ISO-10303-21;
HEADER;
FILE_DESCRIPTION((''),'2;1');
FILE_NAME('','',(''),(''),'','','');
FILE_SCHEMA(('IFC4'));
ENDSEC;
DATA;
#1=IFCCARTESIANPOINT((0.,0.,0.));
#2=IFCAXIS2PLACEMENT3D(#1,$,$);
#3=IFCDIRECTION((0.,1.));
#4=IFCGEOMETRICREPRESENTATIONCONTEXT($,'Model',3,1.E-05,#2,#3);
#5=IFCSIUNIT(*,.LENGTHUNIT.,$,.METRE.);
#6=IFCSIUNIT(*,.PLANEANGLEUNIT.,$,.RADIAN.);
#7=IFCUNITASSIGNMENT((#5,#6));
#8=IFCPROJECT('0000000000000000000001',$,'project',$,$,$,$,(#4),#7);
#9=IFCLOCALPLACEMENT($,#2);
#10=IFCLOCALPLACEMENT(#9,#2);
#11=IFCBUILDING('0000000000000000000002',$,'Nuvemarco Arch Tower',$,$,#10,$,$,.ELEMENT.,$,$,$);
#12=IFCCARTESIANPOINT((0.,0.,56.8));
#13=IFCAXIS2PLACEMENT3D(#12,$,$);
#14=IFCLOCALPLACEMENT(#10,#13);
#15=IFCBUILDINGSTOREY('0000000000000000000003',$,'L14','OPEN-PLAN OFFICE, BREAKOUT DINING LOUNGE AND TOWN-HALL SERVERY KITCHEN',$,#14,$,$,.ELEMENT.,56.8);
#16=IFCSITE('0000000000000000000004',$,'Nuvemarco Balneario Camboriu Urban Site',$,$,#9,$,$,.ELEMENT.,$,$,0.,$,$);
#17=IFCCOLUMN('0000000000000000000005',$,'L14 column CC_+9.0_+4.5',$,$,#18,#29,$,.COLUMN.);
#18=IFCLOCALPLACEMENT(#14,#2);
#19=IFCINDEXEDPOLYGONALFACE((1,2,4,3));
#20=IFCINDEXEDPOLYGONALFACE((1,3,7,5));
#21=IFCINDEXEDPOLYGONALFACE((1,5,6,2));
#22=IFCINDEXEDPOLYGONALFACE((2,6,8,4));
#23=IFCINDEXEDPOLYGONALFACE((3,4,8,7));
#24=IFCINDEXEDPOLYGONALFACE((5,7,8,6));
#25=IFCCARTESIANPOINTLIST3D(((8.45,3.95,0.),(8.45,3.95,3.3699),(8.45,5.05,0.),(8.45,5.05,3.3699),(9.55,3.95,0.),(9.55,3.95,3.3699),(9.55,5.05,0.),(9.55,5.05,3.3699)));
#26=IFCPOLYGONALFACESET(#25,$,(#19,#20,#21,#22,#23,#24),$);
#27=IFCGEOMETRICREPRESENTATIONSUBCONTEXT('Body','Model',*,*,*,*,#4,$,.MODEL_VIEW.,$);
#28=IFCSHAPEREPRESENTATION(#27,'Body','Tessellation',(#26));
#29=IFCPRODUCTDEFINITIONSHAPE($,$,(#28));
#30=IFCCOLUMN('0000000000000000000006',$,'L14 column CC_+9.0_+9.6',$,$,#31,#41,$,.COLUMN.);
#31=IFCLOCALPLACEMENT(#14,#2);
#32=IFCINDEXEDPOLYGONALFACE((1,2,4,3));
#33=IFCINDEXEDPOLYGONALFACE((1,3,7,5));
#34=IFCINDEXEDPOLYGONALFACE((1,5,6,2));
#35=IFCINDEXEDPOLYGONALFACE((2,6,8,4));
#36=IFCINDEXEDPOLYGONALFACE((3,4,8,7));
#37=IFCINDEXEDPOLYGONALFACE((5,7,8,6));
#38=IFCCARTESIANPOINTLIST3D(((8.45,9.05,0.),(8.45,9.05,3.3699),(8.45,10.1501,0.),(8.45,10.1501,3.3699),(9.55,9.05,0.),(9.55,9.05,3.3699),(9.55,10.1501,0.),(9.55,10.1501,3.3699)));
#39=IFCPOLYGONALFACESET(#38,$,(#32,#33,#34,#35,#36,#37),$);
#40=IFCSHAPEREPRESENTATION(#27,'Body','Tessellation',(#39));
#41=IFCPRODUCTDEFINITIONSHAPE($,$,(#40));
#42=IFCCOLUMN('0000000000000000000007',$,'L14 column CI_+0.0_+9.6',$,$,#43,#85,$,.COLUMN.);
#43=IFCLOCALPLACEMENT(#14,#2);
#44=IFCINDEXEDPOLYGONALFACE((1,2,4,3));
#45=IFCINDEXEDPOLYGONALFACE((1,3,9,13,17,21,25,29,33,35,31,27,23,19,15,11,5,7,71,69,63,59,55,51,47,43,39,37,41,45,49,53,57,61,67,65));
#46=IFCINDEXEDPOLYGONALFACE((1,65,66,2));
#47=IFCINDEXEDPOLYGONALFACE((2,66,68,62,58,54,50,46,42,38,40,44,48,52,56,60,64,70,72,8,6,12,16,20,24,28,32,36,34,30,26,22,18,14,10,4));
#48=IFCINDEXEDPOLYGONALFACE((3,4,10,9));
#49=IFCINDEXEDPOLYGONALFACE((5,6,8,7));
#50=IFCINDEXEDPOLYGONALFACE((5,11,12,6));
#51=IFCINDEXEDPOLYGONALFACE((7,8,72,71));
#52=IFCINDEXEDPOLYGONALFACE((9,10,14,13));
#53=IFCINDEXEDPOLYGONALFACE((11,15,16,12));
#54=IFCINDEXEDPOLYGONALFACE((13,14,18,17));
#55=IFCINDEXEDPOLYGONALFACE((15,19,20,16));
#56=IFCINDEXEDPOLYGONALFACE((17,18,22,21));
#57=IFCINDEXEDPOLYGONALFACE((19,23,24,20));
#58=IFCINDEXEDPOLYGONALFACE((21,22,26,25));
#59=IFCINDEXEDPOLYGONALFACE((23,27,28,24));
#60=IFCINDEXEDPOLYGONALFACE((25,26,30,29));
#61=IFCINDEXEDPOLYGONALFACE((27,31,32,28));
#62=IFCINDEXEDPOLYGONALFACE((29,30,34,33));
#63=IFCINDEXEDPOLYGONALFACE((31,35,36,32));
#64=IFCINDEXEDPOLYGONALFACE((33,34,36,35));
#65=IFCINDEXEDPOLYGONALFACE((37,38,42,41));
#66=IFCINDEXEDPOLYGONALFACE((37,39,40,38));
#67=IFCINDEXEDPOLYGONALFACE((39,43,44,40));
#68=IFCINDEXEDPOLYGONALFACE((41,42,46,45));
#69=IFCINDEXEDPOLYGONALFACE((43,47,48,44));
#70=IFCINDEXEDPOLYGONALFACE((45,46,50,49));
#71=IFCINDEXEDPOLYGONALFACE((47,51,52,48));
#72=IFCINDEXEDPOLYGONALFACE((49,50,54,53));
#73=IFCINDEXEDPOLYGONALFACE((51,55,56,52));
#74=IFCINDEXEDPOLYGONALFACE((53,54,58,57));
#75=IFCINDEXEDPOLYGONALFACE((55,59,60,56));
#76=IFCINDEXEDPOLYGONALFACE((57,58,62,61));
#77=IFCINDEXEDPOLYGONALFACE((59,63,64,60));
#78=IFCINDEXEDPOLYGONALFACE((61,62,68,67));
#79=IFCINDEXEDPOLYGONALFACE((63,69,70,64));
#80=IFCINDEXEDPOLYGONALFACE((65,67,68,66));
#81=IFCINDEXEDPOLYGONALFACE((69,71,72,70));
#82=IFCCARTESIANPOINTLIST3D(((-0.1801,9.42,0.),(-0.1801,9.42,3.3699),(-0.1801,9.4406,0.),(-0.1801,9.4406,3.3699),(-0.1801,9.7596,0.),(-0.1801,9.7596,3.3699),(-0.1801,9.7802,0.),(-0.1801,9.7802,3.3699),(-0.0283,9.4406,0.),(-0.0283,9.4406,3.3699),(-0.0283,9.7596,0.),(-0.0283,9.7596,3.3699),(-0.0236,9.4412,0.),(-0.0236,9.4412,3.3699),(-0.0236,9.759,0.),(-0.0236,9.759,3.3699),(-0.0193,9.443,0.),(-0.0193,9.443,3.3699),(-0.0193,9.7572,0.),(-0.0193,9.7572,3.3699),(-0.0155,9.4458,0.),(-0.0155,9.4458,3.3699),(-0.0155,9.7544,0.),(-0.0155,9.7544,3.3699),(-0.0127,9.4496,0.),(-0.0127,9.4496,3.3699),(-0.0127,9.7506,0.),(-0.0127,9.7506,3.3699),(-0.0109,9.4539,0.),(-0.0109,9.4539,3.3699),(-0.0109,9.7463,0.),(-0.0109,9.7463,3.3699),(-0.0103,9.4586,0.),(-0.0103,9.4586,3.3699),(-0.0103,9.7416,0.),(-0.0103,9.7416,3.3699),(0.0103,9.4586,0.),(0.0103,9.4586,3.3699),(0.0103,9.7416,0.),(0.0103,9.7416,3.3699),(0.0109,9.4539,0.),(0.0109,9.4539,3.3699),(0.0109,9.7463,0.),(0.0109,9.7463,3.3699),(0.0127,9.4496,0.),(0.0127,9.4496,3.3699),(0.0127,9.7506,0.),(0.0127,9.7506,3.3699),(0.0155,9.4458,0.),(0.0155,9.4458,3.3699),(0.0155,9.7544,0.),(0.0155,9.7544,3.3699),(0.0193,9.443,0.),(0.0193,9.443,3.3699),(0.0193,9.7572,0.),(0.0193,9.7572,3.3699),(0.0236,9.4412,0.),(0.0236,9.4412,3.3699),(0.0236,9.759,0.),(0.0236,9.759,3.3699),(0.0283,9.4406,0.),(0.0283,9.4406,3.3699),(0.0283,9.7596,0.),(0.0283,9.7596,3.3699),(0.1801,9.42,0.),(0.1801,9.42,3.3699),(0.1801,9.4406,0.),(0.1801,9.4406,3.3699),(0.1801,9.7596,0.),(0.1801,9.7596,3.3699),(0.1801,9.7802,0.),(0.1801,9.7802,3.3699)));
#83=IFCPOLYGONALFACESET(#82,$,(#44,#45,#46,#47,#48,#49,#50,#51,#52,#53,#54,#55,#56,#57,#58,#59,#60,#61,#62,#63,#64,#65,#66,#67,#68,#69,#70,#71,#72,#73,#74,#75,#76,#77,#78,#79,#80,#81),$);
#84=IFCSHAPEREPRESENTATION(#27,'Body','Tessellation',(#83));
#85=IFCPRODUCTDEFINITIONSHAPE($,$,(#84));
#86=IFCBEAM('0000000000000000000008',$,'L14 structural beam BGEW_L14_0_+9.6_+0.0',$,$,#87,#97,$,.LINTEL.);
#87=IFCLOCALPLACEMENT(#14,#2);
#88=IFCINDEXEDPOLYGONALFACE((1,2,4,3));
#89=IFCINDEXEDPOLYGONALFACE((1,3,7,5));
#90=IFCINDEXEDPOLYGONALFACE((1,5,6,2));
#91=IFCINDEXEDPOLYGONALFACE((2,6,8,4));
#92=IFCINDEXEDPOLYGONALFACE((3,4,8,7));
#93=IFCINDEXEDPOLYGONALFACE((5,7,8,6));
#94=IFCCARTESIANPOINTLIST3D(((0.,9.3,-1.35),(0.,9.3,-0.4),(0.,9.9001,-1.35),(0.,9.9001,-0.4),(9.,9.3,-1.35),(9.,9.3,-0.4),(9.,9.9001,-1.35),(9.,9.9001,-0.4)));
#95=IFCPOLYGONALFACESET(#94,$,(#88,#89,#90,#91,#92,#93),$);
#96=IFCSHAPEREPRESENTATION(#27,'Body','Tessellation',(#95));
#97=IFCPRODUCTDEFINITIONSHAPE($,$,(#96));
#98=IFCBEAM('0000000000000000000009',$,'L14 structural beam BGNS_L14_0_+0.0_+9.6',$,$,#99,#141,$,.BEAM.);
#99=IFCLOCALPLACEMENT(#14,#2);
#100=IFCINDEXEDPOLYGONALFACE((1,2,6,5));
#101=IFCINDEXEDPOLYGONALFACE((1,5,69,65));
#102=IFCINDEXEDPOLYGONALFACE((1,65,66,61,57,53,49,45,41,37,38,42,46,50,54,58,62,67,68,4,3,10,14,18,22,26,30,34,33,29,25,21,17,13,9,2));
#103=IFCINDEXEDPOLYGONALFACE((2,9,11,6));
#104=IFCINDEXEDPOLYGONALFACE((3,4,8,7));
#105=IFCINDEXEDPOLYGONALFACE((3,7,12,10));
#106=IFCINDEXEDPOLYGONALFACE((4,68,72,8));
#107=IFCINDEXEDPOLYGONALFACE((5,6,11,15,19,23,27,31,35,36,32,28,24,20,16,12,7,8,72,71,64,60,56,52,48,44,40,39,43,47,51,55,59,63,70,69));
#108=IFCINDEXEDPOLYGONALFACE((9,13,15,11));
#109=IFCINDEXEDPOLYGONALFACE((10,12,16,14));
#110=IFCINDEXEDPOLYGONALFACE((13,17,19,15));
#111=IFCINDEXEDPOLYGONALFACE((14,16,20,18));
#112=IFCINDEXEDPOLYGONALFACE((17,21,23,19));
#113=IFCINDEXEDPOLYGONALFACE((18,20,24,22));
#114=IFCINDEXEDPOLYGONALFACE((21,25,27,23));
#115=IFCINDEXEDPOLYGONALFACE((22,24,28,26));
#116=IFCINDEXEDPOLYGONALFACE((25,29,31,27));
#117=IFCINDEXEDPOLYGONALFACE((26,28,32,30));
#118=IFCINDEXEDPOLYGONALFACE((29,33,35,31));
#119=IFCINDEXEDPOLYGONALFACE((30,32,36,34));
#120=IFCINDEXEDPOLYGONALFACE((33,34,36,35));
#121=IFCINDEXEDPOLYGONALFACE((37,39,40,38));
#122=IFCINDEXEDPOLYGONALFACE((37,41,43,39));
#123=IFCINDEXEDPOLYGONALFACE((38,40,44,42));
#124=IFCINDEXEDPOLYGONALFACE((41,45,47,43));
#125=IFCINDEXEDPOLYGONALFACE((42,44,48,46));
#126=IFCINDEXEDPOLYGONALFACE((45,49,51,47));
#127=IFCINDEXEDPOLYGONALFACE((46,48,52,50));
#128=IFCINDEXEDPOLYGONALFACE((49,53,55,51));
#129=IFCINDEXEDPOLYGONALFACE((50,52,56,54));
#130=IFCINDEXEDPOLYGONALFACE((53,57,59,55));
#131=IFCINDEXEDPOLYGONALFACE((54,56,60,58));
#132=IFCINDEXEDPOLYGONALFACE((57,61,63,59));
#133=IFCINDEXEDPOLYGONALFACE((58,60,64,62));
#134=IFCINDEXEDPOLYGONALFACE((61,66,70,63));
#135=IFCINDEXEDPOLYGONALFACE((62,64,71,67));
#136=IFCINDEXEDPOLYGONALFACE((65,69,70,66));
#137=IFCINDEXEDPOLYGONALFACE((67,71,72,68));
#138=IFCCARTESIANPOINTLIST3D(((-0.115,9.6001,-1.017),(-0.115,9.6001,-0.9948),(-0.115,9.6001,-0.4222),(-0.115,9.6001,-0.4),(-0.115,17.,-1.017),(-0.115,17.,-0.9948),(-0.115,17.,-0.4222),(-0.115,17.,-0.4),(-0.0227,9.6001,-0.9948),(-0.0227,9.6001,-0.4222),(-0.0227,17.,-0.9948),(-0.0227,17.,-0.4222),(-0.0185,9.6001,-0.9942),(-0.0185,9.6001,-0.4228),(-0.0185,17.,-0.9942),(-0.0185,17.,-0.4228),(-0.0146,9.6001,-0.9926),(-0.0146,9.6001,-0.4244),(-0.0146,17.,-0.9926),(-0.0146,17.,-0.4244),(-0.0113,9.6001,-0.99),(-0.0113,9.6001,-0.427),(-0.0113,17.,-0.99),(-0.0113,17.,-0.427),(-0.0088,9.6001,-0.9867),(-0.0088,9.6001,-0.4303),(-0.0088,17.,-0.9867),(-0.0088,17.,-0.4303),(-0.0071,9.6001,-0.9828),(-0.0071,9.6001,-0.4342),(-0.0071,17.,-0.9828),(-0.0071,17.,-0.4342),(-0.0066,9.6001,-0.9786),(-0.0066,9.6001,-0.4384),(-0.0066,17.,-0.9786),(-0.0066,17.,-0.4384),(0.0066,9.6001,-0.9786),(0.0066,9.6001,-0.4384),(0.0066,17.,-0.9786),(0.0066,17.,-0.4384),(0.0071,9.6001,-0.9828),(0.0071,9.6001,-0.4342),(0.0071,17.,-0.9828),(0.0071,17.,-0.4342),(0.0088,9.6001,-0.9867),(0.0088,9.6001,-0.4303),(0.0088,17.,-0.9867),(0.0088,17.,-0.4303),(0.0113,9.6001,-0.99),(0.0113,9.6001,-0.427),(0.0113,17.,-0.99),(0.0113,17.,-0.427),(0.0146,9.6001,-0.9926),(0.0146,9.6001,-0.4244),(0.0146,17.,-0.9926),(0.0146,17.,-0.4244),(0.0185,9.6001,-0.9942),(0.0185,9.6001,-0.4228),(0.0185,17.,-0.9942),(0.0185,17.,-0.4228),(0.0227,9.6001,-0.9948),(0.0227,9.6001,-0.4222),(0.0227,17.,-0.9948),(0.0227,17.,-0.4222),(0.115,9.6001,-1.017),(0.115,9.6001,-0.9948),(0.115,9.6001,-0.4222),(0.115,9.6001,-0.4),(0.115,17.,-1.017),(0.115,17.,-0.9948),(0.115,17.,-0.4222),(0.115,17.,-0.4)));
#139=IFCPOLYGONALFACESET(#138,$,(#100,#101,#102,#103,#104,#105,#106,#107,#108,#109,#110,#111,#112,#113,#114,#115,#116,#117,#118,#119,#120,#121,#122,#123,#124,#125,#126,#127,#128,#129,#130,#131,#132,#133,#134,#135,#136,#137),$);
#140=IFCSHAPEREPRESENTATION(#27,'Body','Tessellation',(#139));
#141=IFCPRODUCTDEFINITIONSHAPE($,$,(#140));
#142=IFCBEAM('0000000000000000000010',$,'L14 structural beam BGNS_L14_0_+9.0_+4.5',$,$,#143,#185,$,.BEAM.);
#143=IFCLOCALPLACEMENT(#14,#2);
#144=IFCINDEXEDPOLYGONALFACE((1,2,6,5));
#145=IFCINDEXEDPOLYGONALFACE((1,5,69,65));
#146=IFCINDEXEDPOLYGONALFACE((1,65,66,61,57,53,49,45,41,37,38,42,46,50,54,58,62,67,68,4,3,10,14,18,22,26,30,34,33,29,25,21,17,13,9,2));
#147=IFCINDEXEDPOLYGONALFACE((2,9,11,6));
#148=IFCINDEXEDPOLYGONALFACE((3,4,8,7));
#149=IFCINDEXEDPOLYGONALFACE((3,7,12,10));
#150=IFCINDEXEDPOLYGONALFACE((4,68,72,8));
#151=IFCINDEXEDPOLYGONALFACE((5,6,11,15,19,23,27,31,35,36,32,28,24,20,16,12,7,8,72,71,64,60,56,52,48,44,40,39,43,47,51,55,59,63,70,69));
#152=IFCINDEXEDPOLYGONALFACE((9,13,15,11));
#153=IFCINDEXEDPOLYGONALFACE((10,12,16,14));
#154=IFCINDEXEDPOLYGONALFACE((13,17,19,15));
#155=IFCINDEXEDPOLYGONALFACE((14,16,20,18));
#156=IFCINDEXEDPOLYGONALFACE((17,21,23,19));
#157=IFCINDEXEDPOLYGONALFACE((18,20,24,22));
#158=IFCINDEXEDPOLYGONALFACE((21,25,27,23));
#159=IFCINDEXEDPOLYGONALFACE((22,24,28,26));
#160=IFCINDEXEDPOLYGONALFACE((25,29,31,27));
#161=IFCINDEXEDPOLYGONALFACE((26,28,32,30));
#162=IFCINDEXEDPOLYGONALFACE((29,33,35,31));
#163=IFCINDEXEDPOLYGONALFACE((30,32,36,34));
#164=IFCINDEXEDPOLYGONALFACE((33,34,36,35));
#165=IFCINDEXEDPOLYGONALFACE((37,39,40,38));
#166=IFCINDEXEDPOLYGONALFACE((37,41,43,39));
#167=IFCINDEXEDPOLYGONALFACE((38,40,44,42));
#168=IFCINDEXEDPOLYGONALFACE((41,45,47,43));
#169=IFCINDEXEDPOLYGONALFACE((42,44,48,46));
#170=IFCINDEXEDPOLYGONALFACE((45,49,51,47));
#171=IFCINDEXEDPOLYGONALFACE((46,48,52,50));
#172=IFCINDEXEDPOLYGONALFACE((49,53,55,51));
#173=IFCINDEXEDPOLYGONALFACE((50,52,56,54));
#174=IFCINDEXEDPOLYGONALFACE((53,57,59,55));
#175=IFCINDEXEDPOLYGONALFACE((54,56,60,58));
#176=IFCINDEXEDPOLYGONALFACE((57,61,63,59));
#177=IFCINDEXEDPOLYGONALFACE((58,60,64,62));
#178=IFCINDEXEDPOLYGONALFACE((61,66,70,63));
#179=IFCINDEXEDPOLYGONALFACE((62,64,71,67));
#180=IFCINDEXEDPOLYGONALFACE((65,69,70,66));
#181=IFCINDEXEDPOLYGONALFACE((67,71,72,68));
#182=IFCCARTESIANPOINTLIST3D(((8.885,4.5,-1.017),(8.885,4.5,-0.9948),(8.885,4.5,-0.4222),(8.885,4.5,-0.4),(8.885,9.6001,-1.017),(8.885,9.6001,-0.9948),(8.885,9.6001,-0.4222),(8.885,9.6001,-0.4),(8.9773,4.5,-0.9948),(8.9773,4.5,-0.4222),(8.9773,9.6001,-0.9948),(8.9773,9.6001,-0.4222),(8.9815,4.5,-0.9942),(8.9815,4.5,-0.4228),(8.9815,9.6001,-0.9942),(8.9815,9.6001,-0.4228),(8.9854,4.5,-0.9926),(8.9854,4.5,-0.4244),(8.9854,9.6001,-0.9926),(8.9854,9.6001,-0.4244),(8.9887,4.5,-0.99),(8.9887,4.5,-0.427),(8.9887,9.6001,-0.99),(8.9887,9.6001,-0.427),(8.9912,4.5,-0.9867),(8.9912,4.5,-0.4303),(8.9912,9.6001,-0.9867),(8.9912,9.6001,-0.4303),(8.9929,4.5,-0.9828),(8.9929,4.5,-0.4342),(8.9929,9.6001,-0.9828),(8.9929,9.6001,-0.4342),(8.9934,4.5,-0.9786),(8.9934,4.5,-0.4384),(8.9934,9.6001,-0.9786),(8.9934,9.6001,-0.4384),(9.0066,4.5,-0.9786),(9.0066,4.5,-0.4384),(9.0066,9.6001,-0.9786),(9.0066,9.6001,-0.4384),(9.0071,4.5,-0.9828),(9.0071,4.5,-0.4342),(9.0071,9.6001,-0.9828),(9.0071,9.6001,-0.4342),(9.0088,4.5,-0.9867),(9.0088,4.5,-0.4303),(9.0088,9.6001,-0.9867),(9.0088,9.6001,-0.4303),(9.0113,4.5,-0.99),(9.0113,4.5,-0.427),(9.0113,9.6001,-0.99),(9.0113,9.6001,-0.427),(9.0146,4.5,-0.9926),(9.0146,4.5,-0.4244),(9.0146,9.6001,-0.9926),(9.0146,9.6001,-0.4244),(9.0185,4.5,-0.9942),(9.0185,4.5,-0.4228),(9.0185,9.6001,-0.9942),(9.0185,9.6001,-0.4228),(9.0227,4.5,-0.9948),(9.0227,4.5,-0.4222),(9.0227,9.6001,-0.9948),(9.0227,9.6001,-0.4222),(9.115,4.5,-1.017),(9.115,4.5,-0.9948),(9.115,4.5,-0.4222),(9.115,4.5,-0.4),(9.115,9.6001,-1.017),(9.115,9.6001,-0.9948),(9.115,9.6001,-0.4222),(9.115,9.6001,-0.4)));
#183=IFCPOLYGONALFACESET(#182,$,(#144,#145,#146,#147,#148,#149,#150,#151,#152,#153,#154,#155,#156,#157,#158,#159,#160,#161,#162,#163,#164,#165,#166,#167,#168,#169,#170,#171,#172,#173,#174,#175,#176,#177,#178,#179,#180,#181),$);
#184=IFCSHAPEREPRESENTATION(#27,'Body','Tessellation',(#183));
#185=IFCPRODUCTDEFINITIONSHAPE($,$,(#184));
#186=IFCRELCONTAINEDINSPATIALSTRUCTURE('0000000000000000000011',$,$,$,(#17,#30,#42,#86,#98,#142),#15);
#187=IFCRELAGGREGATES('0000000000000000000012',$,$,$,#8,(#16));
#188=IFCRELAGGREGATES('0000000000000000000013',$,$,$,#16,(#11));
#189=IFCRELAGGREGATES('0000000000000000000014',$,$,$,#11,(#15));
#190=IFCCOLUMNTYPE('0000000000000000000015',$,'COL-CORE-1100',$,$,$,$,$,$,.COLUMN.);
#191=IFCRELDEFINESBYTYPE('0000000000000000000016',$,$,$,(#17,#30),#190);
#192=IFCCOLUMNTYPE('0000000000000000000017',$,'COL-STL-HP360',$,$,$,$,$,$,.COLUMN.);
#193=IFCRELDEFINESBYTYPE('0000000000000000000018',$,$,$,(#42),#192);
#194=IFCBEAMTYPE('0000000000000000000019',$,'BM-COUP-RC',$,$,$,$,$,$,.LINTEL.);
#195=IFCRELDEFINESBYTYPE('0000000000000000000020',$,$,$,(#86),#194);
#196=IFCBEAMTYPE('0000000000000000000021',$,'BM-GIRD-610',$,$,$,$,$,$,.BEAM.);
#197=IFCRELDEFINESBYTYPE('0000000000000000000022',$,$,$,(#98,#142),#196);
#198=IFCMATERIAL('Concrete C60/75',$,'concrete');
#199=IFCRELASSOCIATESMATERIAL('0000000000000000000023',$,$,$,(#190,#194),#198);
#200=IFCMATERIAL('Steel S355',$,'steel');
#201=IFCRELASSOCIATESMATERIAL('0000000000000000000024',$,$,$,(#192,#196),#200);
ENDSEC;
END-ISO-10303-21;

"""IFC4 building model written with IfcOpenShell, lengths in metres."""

from ifc_helpers import new_model, si_unit, direction, frame, origin, origin_2d, place, context, subcontext, project, spatial, rectangle, i_section, extrude, material, material_profile, profile_set, type_object, element, save


model = new_model("IFC4")

# Units and contexts
model_context = context("Model", 3, precision=1e-05, world=origin(), true_north=direction((0.0, 1.0)))
body_context = subcontext(model_context, "Body", "Model", "MODEL_VIEW")
ifc_project = project(units=[si_unit("LENGTHUNIT", "METRE"), si_unit("PLANEANGLEUNIT", "RADIAN")], contexts=[model_context])

# Site, building, storey
site_placement = place(None, origin())
site = spatial("IfcSite", under=ifc_project, at=site_placement, Name="Nuvemarco Balneario Camboriu Urban Site", CompositionType="ELEMENT", RefElevation=0.0)
building_placement = place(site_placement, origin())
building = spatial("IfcBuilding", under=site, at=building_placement, Name="Nuvemarco Arch Tower", CompositionType="ELEMENT")
storey_placement = place(building_placement, frame((0.0, 0.0, 56.8)))
storey = spatial("IfcBuildingStorey", under=building, at=storey_placement, Name="L14", Description="OPEN-PLAN OFFICE, BREAKOUT DINING LOUNGE AND TOWN-HALL SERVERY KITCHEN", CompositionType="ELEMENT", Elevation=56.8)

# Columns
ifc_material_1 = material(Name="Concrete C60/75", Category="concrete")
ifc_material_profile_1 = material_profile(ifc_material_1, rectangle(XDim=1.1001, YDim=1.1001, at=origin_2d()), Name="RC-COL-1100x1100")
ifc_profile_set_1 = profile_set([ifc_material_profile_1], Name="Concrete C60/75")
column_type_1 = type_object("IfcColumnType", Name="COL-CORE-1100", PredefinedType="COLUMN", material=ifc_profile_set_1)
for number, where, z_axis, x_axis, name in (
    (1, (9.0, 4.5, 0.0), (0.0, 0.0, 1.0), (1.0, 0.0, 0.0), "L14 column CC_+9.0_+4.5"),
    (2, (9.0, 9.6001, 0.0), (0.0, 0.0, 1.0), (1.0, 0.0, 0.0), "L14 column CC_+9.0_+9.6"),
):
    element("IfcColumn", number, at=place(storey_placement, frame(where, z_axis=z_axis, x_axis=x_axis)), inside=storey, type_object=column_type_1, Name=name, PredefinedType="COLUMN", context=body_context, shape_type="SweptSolid", body=[
        extrude(rectangle(XDim=1.1001, YDim=1.1001, at=origin_2d()), origin(), (0.0, 0.0, 1.0), 3.3699),
    ])
ifc_material_2 = material(Name="Steel S355", Category="steel")
ifc_material_profile_2 = material_profile(ifc_material_2, i_section(OverallWidth=0.3601, OverallDepth=0.3601, WebThickness=0.0205, FlangeThickness=0.0205, FilletRadius=0.0181, at=origin_2d()), Name="HP360x174")
ifc_profile_set_2 = profile_set([ifc_material_profile_2], Name="Steel S355")
column_type_2 = type_object("IfcColumnType", Name="COL-STL-HP360", PredefinedType="COLUMN", material=ifc_profile_set_2)
column_placement = place(storey_placement, frame((0.0, 9.6001, 0.0), z_axis=(0.0, 0.0, 1.0), x_axis=(1.0, 0.0, 0.0)))
element("IfcColumn", 3, at=column_placement, inside=storey, type_object=column_type_2, Name="L14 column CI_+0.0_+9.6", PredefinedType="COLUMN", context=body_context, shape_type="SweptSolid", body=[
    extrude(i_section(OverallWidth=0.3601, OverallDepth=0.3601, WebThickness=0.0205, FlangeThickness=0.0205, FilletRadius=0.0181, at=origin_2d()), origin(), (0.0, 0.0, 1.0), 3.3699),
])

# Beams
ifc_material_profile_3 = material_profile(ifc_material_1, rectangle(XDim=0.6001, YDim=0.95, at=origin_2d()), Name="RC-BM-600x950")
ifc_profile_set_3 = profile_set([ifc_material_profile_3], Name="Concrete C60/75")
beam_type_1 = type_object("IfcBeamType", Name="BM-COUP-RC", PredefinedType="LINTEL", material=ifc_profile_set_3)
beam_1_placement = place(storey_placement, frame((0.0, 9.6001, -0.875), z_axis=(1.0, 0.0, 0.0), x_axis=(0.0, 1.0, 0.0)))
element("IfcBeam", 4, at=beam_1_placement, inside=storey, type_object=beam_type_1, Name="L14 structural beam BGEW_L14_0_+9.6_+0.0", PredefinedType="LINTEL", context=body_context, shape_type="SweptSolid", body=[
    extrude(rectangle(XDim=0.6001, YDim=0.95, at=origin_2d()), origin(), (0.0, 0.0, 1.0), 9.0),
])
ifc_material_profile_4 = material_profile(ifc_material_2, i_section(OverallWidth=0.23, OverallDepth=0.6169, WebThickness=0.0132, FlangeThickness=0.0222, FilletRadius=0.0161, at=origin_2d()), Name="W610x140")
ifc_profile_set_4 = profile_set([ifc_material_profile_4], Name="Steel S355")
beam_type_2 = type_object("IfcBeamType", Name="BM-GIRD-610", PredefinedType="BEAM", material=ifc_profile_set_4)
beam_2_placement = place(storey_placement, frame((0.0, 9.6001, -0.7085), z_axis=(0.0, 1.0, 0.0), x_axis=(-1.0, 0.0, 0.0)))
element("IfcBeam", 5, at=beam_2_placement, inside=storey, type_object=beam_type_2, Name="L14 structural beam BGNS_L14_0_+0.0_+9.6", PredefinedType="BEAM", context=body_context, shape_type="SweptSolid", body=[
    extrude(i_section(OverallWidth=0.23, OverallDepth=0.6169, WebThickness=0.0132, FlangeThickness=0.0222, FilletRadius=0.0161, at=origin_2d()), origin(), (0.0, 0.0, 1.0), 7.3999),
])
beam_3_placement = place(storey_placement, frame((9.0, 4.5, -0.7085), z_axis=(0.0, 1.0, 0.0), x_axis=(-1.0, 0.0, 0.0)))
element("IfcBeam", 6, at=beam_3_placement, inside=storey, type_object=beam_type_2, Name="L14 structural beam BGNS_L14_0_+9.0_+4.5", PredefinedType="BEAM", context=body_context, shape_type="SweptSolid", body=[
    extrude(i_section(OverallWidth=0.23, OverallDepth=0.6169, WebThickness=0.0132, FlangeThickness=0.0222, FilletRadius=0.0161, at=origin_2d()), origin(), (0.0, 0.0, 1.0), 5.1001),
])

save(model, "model.ifc")
